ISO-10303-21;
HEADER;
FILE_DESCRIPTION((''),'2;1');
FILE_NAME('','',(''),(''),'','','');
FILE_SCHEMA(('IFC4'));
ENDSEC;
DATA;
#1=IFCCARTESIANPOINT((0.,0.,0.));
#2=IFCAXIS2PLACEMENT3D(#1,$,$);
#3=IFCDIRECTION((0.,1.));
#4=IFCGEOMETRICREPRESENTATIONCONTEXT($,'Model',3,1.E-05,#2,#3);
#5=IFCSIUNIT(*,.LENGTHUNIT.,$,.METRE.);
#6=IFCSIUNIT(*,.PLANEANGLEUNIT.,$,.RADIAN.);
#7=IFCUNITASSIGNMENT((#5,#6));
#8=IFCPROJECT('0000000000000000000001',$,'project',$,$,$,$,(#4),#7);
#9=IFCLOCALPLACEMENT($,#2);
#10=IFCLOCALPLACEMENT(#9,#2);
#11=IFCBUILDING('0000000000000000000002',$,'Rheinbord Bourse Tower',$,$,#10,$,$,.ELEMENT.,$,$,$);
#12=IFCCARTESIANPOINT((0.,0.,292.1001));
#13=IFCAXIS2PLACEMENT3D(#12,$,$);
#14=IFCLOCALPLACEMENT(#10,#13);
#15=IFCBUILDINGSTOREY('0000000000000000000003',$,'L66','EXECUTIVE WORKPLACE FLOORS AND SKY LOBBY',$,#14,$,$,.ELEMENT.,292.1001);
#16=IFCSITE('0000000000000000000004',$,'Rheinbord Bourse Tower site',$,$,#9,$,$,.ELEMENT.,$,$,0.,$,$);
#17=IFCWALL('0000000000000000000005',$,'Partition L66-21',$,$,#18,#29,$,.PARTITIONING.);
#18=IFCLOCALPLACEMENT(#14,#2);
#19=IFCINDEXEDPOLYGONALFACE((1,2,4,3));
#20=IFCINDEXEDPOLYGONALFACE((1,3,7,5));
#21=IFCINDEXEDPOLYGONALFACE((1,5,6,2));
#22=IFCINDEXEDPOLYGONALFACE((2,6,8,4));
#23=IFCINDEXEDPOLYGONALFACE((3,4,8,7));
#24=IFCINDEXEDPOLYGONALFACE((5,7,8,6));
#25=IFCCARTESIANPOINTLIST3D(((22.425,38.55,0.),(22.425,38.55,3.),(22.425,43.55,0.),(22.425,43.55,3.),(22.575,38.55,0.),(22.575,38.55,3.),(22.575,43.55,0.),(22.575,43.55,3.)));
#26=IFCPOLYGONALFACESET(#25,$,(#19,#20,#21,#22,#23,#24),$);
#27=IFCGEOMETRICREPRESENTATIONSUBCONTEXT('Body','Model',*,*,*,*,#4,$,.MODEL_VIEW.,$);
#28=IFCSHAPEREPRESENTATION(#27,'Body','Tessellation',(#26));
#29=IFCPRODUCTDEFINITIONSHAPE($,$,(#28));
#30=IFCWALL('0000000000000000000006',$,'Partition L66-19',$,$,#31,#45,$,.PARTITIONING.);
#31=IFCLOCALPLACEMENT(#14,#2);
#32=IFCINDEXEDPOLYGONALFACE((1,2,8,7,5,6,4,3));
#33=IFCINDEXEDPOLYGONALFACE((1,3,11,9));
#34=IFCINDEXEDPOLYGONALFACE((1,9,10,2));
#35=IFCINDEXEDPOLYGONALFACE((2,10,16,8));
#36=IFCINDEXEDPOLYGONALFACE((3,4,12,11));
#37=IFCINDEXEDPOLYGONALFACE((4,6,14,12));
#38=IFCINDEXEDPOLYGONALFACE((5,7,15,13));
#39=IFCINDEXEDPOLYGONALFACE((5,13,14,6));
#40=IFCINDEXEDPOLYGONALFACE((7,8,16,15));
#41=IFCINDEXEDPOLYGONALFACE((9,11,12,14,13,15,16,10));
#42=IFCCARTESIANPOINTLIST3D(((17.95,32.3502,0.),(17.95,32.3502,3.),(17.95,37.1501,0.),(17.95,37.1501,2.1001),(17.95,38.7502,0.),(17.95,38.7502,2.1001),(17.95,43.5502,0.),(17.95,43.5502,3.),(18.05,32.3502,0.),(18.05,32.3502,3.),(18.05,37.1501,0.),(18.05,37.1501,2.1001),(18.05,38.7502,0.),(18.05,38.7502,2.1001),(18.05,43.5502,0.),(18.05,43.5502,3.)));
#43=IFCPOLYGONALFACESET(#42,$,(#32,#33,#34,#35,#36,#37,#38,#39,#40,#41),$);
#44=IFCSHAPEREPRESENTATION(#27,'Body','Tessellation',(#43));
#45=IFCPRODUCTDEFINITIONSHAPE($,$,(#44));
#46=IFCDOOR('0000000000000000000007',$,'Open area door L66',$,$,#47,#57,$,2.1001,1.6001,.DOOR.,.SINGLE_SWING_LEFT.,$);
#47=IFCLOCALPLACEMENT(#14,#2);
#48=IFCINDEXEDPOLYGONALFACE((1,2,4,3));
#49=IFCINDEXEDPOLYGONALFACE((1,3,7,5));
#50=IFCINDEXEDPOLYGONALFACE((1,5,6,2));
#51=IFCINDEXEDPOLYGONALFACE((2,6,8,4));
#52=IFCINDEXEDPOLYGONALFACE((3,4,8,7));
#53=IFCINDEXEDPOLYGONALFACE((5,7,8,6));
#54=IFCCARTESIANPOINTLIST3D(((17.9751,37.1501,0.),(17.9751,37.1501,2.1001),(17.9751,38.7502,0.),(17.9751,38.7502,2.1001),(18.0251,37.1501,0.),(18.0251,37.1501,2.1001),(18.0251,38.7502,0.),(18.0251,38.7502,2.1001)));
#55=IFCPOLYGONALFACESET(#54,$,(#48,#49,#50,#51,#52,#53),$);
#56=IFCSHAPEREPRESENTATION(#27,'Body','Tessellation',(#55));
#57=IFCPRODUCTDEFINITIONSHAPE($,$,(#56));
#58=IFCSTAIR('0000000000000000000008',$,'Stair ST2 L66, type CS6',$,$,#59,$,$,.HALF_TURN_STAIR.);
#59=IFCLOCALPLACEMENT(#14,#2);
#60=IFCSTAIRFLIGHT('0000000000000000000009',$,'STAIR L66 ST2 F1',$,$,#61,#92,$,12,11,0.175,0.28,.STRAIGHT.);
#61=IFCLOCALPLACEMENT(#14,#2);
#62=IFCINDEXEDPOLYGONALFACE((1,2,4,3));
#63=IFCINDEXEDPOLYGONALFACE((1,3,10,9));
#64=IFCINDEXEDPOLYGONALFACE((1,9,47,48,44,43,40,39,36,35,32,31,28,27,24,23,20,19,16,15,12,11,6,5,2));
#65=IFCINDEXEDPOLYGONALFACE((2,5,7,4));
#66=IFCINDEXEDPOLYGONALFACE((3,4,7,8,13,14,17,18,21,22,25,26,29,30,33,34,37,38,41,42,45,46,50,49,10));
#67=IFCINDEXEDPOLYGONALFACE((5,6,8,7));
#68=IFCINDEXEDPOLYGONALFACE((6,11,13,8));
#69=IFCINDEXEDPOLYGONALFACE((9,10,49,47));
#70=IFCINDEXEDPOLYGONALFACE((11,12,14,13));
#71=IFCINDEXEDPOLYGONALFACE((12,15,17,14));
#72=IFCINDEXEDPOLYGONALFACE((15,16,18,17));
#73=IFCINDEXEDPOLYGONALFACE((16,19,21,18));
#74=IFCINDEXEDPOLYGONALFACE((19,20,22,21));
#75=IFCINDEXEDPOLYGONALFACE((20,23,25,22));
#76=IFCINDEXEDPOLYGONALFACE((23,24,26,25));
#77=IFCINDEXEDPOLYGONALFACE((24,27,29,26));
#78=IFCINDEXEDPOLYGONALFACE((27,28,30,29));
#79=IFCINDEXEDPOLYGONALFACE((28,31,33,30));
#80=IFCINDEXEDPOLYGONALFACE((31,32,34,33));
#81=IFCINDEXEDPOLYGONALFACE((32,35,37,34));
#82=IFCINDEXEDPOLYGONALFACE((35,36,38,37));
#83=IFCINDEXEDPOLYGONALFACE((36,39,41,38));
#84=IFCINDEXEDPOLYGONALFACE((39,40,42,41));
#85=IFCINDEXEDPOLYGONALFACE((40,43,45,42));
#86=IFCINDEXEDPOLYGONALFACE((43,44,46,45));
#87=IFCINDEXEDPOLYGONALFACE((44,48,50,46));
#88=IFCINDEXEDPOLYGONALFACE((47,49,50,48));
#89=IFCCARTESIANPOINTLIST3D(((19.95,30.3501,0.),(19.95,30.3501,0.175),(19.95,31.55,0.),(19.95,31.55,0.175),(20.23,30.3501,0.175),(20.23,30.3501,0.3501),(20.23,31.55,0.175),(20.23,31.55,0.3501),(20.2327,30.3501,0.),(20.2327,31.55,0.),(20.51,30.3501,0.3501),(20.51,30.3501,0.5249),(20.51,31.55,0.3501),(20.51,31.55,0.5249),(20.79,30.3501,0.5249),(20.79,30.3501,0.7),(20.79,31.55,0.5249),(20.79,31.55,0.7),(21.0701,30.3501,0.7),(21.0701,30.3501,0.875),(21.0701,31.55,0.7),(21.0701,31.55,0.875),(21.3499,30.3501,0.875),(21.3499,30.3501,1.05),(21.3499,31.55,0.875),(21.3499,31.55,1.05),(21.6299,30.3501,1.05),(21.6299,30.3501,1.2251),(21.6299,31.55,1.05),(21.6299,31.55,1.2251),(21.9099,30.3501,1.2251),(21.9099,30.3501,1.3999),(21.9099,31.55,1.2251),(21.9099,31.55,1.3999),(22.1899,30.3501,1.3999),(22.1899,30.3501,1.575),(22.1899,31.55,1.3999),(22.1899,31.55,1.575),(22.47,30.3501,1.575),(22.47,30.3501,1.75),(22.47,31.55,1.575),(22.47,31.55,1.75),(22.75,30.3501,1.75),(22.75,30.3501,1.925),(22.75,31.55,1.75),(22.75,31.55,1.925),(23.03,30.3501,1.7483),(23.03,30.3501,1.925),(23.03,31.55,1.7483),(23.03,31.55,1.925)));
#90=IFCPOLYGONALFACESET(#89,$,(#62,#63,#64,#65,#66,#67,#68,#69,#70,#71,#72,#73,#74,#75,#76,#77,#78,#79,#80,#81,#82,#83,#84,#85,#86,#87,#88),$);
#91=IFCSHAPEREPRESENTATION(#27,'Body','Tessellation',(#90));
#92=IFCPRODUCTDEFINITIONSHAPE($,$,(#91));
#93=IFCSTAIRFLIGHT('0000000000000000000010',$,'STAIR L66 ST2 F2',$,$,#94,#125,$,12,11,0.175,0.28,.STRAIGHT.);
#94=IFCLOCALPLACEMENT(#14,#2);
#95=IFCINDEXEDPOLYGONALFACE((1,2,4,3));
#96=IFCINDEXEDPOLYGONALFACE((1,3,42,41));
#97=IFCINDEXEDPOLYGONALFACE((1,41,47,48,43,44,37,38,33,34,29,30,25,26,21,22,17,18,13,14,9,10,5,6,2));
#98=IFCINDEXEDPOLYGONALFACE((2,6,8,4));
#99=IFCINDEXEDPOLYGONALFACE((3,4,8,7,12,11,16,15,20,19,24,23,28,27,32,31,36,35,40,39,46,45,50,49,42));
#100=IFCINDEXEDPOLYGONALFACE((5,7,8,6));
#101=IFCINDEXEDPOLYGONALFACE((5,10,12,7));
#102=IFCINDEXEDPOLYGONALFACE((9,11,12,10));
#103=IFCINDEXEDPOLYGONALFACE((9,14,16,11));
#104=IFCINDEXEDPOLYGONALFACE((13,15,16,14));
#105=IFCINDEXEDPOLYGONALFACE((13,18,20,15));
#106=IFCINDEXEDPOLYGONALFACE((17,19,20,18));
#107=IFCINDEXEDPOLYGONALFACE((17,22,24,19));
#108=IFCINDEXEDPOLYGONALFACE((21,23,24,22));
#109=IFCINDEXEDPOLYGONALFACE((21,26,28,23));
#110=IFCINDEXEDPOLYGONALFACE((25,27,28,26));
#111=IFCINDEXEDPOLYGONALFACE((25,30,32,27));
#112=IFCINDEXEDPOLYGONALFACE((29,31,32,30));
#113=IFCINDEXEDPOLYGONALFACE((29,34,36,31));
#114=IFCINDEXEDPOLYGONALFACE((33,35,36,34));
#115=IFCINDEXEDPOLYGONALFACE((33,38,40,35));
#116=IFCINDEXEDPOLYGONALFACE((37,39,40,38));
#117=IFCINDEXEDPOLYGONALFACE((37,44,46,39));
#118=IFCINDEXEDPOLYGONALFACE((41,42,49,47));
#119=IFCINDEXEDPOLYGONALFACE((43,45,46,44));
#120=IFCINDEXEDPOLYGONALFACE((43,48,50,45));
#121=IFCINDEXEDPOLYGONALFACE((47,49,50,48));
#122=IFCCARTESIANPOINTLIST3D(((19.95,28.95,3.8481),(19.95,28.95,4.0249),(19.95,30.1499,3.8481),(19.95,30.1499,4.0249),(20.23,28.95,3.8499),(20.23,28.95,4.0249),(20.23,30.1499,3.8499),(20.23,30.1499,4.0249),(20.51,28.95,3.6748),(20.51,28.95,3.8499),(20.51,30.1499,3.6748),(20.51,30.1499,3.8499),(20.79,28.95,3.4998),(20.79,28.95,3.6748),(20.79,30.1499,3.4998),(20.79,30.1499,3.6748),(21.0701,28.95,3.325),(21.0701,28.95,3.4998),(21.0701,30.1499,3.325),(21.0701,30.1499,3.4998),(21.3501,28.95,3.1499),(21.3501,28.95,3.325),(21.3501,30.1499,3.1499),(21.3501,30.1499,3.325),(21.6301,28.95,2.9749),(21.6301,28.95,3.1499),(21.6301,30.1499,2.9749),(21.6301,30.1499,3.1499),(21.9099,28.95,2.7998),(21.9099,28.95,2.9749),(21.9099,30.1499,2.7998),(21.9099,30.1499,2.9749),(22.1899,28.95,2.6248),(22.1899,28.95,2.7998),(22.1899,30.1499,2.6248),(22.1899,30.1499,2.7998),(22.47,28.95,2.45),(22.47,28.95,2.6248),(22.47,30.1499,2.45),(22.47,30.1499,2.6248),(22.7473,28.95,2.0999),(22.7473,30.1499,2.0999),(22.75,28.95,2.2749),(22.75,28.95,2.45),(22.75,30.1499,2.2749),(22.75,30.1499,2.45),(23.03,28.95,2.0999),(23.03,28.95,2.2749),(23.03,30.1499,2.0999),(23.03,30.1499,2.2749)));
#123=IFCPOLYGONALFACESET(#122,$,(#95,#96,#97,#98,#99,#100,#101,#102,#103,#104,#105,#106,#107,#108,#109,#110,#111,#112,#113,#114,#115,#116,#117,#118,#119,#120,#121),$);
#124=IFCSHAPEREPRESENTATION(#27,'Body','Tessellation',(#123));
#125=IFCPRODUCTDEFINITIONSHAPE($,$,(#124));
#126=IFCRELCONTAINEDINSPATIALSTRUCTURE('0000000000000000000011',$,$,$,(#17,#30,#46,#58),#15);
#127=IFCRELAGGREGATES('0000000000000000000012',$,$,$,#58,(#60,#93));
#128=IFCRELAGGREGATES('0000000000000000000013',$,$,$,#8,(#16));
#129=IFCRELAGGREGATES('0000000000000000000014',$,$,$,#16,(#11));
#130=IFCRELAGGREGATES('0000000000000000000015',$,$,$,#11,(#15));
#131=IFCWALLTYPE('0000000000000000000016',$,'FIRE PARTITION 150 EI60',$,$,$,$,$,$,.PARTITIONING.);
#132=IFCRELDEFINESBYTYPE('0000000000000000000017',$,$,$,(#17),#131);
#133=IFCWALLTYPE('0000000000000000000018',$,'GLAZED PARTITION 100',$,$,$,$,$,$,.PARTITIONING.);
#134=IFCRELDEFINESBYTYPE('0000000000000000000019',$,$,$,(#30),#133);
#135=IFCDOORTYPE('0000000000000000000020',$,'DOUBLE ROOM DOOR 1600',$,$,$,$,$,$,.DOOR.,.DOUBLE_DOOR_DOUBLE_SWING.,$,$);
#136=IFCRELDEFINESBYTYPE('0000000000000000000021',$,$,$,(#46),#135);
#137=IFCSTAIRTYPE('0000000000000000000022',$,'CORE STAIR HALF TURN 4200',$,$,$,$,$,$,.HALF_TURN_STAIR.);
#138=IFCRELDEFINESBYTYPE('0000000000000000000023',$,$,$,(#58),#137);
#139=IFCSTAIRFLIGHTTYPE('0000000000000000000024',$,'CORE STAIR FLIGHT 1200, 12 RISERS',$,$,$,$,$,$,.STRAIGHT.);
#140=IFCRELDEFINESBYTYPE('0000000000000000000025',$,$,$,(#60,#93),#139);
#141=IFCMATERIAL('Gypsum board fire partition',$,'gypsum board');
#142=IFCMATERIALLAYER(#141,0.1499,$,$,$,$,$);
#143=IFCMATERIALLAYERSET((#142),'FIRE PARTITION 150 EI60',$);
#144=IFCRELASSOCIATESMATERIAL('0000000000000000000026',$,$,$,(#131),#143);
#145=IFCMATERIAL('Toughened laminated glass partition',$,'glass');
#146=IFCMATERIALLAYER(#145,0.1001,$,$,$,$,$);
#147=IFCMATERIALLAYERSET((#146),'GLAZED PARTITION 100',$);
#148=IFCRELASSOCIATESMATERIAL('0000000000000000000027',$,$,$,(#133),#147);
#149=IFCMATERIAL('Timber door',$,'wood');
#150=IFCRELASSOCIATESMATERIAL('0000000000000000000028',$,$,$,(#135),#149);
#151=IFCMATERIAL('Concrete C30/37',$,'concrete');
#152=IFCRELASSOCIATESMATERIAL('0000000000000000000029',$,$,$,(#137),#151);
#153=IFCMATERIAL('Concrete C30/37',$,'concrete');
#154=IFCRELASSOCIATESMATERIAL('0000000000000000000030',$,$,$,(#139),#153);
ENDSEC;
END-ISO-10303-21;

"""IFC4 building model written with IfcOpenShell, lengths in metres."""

from ifc_helpers import new_model, si_unit, direction, frame, frame_2d, origin, place, context, subcontext, project, spatial, polyline, rectangle, outline, extrude, material, layer, layer_set, type_object, element, fill, aggregate, save


model = new_model("IFC4")

# Units and contexts
model_context = context("Model", 3, precision=1e-05, world=origin(), true_north=direction((0.0, 1.0)))
body_context = subcontext(model_context, "Body", "Model", "MODEL_VIEW")
ifc_project = project(units=[si_unit("LENGTHUNIT", "METRE"), si_unit("PLANEANGLEUNIT", "RADIAN")], contexts=[model_context])

# Site, building, storey
site_placement = place(None, origin())
site = spatial("IfcSite", under=ifc_project, at=site_placement, Name="Rheinbord Bourse Tower site", CompositionType="ELEMENT", RefElevation=0.0)
building_placement = place(site_placement, origin())
building = spatial("IfcBuilding", under=site, at=building_placement, Name="Rheinbord Bourse Tower", CompositionType="ELEMENT")
storey_placement = place(building_placement, frame((0.0, 0.0, 292.1001)))
storey = spatial("IfcBuildingStorey", under=building, at=storey_placement, Name="L66", Description="EXECUTIVE WORKPLACE FLOORS AND SKY LOBBY", CompositionType="ELEMENT", Elevation=292.1001)

# Shared definitions
ifc_material_1 = material(Name="Gypsum board fire partition", Category="gypsum board")
ifc_layer_1 = layer(ifc_material_1, 0.1499)
ifc_layer_set_1 = layer_set([ifc_layer_1], Name="FIRE PARTITION 150 EI60")
wall_type_1 = type_object("IfcWallType", Name="FIRE PARTITION 150 EI60", PredefinedType="PARTITIONING", material=ifc_layer_set_1)

# Wall
wall_1_placement = place(storey_placement, frame((22.5, 38.55, 0.0), z_axis=(0.0, 0.0, 1.0), x_axis=(0.0, 1.0, 0.0)))
element("IfcWall", 1, at=wall_1_placement, inside=storey, type_object=wall_type_1, Name="Partition L66-21", PredefinedType="PARTITIONING", context=body_context, shape_type="SweptSolid", body=[
    extrude(rectangle(XDim=5.0, YDim=0.1499, at=frame_2d((2.5, 0.0))), origin(), (0.0, 0.0, 1.0), 3.0),
])

# Wall, opening, door
ifc_material_2 = material(Name="Toughened laminated glass partition", Category="glass")
ifc_layer_2 = layer(ifc_material_2, 0.1001)
ifc_layer_set_2 = layer_set([ifc_layer_2], Name="GLAZED PARTITION 100")
wall_type_2 = type_object("IfcWallType", Name="GLAZED PARTITION 100", PredefinedType="PARTITIONING", material=ifc_layer_set_2)
wall_2_placement = place(storey_placement, frame((18.0, 32.3501, 0.0), z_axis=(0.0, 0.0, 1.0), x_axis=(0.0, 1.0, 0.0)))
wall_2 = element("IfcWall", 2, at=wall_2_placement, inside=storey, type_object=wall_type_2, Name="Partition L66-19", PredefinedType="PARTITIONING", context=body_context, shape_type="SweptSolid", body=[
    extrude(rectangle(XDim=11.2, YDim=0.1001, at=frame_2d((5.6001, 0.0))), origin(), (0.0, 0.0, 1.0), 3.0),
])
opening_1_placement = place(wall_2_placement, frame((4.8, 0.0, 0.0)))
opening_1 = element("IfcOpeningElement", 3, at=opening_1_placement, cuts=wall_2, PredefinedType="OPENING", context=body_context, shape_type="SweptSolid", body=[
    extrude(rectangle(XDim=1.6001, YDim=2.1001, at=frame_2d((0.8, 1.05))), frame((0.0, 0.0601, 0.0), z_axis=(0.0, -1.0, 0.0), x_axis=(1.0, 0.0, 0.0)), (0.0, 0.0, 1.0), 0.1201),
])
ifc_material_3 = material(Name="Timber door", Category="wood")
door_type_1 = type_object("IfcDoorType", Name="DOUBLE ROOM DOOR 1600", OperationType="DOUBLE_DOOR_DOUBLE_SWING", PredefinedType="DOOR", material=ifc_material_3)
door_1_placement = place(opening_1_placement, origin())
door_1 = element("IfcDoor", 4, at=door_1_placement, inside=storey, type_object=door_type_1, Name="Open area door L66", OperationType="SINGLE_SWING_LEFT", OverallHeight=2.1001, OverallWidth=1.6001, PredefinedType="DOOR", context=body_context, shape_type="SweptSolid", body=[
    extrude(rectangle(XDim=1.6001, YDim=2.1001, at=frame_2d((0.8, 1.05))), frame((0.0, 0.0249, 0.0), z_axis=(0.0, -1.0, 0.0), x_axis=(1.0, 0.0, 0.0)), (0.0, 0.0, 1.0), 0.05),
])
fill(opening_1, door_1)

# Stair, stair flights
ifc_material_4 = material(Name="Concrete C30/37", Category="concrete")
stair_type = type_object("IfcStairType", Name="CORE STAIR HALF TURN 4200", PredefinedType="HALF_TURN_STAIR", material=ifc_material_4)
stair_placement = place(storey_placement, origin())
stair = element("IfcStair", 5, at=stair_placement, inside=storey, type_object=stair_type, Name="Stair ST2 L66, type CS6", PredefinedType="HALF_TURN_STAIR")
ifc_material_5 = material(Name="Concrete C30/37", Category="concrete")
stair_flight_type = type_object("IfcStairFlightType", Name="CORE STAIR FLIGHT 1200, 12 RISERS", PredefinedType="STRAIGHT", material=ifc_material_5)
stair_flight_1_placement = place(storey_placement, frame((19.95, 30.95, 0.0), z_axis=(0.0, 0.0, 1.0), x_axis=(1.0, 0.0, 0.0)))
stair_flight_1 = element("IfcStairFlight", 6, at=stair_flight_1_placement, type_object=stair_flight_type, Name="STAIR L66 ST2 F1", NumberOfRisers=12, NumberOfTreads=11, PredefinedType="STRAIGHT", RiserHeight=0.175, TreadLength=0.28, context=body_context, shape_type="SweptSolid", body=[
    extrude(outline(polyline([(0.0, 0.0), (0.0, 0.175), (0.28, 0.175), (0.28, 0.3501), (0.5601, 0.3501), (0.5601, 0.5249), (0.8401, 0.5249), (0.8401, 0.7), (1.1201, 0.7), (1.1201, 0.875), (1.3999, 0.875), (1.3999, 1.05), (1.6799, 1.05), (1.6799, 1.2251), (1.96, 1.2251), (1.96, 1.3999), (2.24, 1.3999), (2.24, 1.575), (2.52, 1.575), (2.52, 1.75), (2.8, 1.75), (2.8, 1.925), (3.0801, 1.925), (3.0801, 2.1001), (3.0801, 1.7483), (0.2827, 0.0), (0.0, 0.0)])), frame((0.0, 0.6001, 0.0), z_axis=(0.0, -1.0, 0.0), x_axis=(1.0, 0.0, 0.0)), (0.0, 0.0, 1.0), 1.2),
])
stair_flight_2_placement = place(storey_placement, frame((23.03, 29.55, 2.0999), z_axis=(0.0, 0.0, 1.0), x_axis=(-1.0, 0.0, 0.0)))
stair_flight_2 = element("IfcStairFlight", 7, at=stair_flight_2_placement, type_object=stair_flight_type, Name="STAIR L66 ST2 F2", NumberOfRisers=12, NumberOfTreads=11, PredefinedType="STRAIGHT", RiserHeight=0.175, TreadLength=0.28, context=body_context, shape_type="SweptSolid", body=[
    extrude(outline(polyline([(0.0, 0.0), (0.0, 0.175), (0.28, 0.175), (0.28, 0.3501), (0.5601, 0.3501), (0.5601, 0.5249), (0.8401, 0.5249), (0.8401, 0.7), (1.1201, 0.7), (1.1201, 0.875), (1.3999, 0.875), (1.3999, 1.05), (1.6799, 1.05), (1.6799, 1.2251), (1.96, 1.2251), (1.96, 1.3999), (2.24, 1.3999), (2.24, 1.575), (2.52, 1.575), (2.52, 1.75), (2.8, 1.75), (2.8, 1.925), (3.0801, 1.925), (3.0801, 2.1001), (3.0801, 1.7483), (0.2827, 0.0), (0.0, 0.0)])), frame((0.0, 0.6001, 0.0), z_axis=(0.0, -1.0, 0.0), x_axis=(1.0, 0.0, 0.0)), (0.0, 0.0, 1.0), 1.2),
])
aggregate(stair, [stair_flight_1, stair_flight_2])

save(model, "model.ifc")
